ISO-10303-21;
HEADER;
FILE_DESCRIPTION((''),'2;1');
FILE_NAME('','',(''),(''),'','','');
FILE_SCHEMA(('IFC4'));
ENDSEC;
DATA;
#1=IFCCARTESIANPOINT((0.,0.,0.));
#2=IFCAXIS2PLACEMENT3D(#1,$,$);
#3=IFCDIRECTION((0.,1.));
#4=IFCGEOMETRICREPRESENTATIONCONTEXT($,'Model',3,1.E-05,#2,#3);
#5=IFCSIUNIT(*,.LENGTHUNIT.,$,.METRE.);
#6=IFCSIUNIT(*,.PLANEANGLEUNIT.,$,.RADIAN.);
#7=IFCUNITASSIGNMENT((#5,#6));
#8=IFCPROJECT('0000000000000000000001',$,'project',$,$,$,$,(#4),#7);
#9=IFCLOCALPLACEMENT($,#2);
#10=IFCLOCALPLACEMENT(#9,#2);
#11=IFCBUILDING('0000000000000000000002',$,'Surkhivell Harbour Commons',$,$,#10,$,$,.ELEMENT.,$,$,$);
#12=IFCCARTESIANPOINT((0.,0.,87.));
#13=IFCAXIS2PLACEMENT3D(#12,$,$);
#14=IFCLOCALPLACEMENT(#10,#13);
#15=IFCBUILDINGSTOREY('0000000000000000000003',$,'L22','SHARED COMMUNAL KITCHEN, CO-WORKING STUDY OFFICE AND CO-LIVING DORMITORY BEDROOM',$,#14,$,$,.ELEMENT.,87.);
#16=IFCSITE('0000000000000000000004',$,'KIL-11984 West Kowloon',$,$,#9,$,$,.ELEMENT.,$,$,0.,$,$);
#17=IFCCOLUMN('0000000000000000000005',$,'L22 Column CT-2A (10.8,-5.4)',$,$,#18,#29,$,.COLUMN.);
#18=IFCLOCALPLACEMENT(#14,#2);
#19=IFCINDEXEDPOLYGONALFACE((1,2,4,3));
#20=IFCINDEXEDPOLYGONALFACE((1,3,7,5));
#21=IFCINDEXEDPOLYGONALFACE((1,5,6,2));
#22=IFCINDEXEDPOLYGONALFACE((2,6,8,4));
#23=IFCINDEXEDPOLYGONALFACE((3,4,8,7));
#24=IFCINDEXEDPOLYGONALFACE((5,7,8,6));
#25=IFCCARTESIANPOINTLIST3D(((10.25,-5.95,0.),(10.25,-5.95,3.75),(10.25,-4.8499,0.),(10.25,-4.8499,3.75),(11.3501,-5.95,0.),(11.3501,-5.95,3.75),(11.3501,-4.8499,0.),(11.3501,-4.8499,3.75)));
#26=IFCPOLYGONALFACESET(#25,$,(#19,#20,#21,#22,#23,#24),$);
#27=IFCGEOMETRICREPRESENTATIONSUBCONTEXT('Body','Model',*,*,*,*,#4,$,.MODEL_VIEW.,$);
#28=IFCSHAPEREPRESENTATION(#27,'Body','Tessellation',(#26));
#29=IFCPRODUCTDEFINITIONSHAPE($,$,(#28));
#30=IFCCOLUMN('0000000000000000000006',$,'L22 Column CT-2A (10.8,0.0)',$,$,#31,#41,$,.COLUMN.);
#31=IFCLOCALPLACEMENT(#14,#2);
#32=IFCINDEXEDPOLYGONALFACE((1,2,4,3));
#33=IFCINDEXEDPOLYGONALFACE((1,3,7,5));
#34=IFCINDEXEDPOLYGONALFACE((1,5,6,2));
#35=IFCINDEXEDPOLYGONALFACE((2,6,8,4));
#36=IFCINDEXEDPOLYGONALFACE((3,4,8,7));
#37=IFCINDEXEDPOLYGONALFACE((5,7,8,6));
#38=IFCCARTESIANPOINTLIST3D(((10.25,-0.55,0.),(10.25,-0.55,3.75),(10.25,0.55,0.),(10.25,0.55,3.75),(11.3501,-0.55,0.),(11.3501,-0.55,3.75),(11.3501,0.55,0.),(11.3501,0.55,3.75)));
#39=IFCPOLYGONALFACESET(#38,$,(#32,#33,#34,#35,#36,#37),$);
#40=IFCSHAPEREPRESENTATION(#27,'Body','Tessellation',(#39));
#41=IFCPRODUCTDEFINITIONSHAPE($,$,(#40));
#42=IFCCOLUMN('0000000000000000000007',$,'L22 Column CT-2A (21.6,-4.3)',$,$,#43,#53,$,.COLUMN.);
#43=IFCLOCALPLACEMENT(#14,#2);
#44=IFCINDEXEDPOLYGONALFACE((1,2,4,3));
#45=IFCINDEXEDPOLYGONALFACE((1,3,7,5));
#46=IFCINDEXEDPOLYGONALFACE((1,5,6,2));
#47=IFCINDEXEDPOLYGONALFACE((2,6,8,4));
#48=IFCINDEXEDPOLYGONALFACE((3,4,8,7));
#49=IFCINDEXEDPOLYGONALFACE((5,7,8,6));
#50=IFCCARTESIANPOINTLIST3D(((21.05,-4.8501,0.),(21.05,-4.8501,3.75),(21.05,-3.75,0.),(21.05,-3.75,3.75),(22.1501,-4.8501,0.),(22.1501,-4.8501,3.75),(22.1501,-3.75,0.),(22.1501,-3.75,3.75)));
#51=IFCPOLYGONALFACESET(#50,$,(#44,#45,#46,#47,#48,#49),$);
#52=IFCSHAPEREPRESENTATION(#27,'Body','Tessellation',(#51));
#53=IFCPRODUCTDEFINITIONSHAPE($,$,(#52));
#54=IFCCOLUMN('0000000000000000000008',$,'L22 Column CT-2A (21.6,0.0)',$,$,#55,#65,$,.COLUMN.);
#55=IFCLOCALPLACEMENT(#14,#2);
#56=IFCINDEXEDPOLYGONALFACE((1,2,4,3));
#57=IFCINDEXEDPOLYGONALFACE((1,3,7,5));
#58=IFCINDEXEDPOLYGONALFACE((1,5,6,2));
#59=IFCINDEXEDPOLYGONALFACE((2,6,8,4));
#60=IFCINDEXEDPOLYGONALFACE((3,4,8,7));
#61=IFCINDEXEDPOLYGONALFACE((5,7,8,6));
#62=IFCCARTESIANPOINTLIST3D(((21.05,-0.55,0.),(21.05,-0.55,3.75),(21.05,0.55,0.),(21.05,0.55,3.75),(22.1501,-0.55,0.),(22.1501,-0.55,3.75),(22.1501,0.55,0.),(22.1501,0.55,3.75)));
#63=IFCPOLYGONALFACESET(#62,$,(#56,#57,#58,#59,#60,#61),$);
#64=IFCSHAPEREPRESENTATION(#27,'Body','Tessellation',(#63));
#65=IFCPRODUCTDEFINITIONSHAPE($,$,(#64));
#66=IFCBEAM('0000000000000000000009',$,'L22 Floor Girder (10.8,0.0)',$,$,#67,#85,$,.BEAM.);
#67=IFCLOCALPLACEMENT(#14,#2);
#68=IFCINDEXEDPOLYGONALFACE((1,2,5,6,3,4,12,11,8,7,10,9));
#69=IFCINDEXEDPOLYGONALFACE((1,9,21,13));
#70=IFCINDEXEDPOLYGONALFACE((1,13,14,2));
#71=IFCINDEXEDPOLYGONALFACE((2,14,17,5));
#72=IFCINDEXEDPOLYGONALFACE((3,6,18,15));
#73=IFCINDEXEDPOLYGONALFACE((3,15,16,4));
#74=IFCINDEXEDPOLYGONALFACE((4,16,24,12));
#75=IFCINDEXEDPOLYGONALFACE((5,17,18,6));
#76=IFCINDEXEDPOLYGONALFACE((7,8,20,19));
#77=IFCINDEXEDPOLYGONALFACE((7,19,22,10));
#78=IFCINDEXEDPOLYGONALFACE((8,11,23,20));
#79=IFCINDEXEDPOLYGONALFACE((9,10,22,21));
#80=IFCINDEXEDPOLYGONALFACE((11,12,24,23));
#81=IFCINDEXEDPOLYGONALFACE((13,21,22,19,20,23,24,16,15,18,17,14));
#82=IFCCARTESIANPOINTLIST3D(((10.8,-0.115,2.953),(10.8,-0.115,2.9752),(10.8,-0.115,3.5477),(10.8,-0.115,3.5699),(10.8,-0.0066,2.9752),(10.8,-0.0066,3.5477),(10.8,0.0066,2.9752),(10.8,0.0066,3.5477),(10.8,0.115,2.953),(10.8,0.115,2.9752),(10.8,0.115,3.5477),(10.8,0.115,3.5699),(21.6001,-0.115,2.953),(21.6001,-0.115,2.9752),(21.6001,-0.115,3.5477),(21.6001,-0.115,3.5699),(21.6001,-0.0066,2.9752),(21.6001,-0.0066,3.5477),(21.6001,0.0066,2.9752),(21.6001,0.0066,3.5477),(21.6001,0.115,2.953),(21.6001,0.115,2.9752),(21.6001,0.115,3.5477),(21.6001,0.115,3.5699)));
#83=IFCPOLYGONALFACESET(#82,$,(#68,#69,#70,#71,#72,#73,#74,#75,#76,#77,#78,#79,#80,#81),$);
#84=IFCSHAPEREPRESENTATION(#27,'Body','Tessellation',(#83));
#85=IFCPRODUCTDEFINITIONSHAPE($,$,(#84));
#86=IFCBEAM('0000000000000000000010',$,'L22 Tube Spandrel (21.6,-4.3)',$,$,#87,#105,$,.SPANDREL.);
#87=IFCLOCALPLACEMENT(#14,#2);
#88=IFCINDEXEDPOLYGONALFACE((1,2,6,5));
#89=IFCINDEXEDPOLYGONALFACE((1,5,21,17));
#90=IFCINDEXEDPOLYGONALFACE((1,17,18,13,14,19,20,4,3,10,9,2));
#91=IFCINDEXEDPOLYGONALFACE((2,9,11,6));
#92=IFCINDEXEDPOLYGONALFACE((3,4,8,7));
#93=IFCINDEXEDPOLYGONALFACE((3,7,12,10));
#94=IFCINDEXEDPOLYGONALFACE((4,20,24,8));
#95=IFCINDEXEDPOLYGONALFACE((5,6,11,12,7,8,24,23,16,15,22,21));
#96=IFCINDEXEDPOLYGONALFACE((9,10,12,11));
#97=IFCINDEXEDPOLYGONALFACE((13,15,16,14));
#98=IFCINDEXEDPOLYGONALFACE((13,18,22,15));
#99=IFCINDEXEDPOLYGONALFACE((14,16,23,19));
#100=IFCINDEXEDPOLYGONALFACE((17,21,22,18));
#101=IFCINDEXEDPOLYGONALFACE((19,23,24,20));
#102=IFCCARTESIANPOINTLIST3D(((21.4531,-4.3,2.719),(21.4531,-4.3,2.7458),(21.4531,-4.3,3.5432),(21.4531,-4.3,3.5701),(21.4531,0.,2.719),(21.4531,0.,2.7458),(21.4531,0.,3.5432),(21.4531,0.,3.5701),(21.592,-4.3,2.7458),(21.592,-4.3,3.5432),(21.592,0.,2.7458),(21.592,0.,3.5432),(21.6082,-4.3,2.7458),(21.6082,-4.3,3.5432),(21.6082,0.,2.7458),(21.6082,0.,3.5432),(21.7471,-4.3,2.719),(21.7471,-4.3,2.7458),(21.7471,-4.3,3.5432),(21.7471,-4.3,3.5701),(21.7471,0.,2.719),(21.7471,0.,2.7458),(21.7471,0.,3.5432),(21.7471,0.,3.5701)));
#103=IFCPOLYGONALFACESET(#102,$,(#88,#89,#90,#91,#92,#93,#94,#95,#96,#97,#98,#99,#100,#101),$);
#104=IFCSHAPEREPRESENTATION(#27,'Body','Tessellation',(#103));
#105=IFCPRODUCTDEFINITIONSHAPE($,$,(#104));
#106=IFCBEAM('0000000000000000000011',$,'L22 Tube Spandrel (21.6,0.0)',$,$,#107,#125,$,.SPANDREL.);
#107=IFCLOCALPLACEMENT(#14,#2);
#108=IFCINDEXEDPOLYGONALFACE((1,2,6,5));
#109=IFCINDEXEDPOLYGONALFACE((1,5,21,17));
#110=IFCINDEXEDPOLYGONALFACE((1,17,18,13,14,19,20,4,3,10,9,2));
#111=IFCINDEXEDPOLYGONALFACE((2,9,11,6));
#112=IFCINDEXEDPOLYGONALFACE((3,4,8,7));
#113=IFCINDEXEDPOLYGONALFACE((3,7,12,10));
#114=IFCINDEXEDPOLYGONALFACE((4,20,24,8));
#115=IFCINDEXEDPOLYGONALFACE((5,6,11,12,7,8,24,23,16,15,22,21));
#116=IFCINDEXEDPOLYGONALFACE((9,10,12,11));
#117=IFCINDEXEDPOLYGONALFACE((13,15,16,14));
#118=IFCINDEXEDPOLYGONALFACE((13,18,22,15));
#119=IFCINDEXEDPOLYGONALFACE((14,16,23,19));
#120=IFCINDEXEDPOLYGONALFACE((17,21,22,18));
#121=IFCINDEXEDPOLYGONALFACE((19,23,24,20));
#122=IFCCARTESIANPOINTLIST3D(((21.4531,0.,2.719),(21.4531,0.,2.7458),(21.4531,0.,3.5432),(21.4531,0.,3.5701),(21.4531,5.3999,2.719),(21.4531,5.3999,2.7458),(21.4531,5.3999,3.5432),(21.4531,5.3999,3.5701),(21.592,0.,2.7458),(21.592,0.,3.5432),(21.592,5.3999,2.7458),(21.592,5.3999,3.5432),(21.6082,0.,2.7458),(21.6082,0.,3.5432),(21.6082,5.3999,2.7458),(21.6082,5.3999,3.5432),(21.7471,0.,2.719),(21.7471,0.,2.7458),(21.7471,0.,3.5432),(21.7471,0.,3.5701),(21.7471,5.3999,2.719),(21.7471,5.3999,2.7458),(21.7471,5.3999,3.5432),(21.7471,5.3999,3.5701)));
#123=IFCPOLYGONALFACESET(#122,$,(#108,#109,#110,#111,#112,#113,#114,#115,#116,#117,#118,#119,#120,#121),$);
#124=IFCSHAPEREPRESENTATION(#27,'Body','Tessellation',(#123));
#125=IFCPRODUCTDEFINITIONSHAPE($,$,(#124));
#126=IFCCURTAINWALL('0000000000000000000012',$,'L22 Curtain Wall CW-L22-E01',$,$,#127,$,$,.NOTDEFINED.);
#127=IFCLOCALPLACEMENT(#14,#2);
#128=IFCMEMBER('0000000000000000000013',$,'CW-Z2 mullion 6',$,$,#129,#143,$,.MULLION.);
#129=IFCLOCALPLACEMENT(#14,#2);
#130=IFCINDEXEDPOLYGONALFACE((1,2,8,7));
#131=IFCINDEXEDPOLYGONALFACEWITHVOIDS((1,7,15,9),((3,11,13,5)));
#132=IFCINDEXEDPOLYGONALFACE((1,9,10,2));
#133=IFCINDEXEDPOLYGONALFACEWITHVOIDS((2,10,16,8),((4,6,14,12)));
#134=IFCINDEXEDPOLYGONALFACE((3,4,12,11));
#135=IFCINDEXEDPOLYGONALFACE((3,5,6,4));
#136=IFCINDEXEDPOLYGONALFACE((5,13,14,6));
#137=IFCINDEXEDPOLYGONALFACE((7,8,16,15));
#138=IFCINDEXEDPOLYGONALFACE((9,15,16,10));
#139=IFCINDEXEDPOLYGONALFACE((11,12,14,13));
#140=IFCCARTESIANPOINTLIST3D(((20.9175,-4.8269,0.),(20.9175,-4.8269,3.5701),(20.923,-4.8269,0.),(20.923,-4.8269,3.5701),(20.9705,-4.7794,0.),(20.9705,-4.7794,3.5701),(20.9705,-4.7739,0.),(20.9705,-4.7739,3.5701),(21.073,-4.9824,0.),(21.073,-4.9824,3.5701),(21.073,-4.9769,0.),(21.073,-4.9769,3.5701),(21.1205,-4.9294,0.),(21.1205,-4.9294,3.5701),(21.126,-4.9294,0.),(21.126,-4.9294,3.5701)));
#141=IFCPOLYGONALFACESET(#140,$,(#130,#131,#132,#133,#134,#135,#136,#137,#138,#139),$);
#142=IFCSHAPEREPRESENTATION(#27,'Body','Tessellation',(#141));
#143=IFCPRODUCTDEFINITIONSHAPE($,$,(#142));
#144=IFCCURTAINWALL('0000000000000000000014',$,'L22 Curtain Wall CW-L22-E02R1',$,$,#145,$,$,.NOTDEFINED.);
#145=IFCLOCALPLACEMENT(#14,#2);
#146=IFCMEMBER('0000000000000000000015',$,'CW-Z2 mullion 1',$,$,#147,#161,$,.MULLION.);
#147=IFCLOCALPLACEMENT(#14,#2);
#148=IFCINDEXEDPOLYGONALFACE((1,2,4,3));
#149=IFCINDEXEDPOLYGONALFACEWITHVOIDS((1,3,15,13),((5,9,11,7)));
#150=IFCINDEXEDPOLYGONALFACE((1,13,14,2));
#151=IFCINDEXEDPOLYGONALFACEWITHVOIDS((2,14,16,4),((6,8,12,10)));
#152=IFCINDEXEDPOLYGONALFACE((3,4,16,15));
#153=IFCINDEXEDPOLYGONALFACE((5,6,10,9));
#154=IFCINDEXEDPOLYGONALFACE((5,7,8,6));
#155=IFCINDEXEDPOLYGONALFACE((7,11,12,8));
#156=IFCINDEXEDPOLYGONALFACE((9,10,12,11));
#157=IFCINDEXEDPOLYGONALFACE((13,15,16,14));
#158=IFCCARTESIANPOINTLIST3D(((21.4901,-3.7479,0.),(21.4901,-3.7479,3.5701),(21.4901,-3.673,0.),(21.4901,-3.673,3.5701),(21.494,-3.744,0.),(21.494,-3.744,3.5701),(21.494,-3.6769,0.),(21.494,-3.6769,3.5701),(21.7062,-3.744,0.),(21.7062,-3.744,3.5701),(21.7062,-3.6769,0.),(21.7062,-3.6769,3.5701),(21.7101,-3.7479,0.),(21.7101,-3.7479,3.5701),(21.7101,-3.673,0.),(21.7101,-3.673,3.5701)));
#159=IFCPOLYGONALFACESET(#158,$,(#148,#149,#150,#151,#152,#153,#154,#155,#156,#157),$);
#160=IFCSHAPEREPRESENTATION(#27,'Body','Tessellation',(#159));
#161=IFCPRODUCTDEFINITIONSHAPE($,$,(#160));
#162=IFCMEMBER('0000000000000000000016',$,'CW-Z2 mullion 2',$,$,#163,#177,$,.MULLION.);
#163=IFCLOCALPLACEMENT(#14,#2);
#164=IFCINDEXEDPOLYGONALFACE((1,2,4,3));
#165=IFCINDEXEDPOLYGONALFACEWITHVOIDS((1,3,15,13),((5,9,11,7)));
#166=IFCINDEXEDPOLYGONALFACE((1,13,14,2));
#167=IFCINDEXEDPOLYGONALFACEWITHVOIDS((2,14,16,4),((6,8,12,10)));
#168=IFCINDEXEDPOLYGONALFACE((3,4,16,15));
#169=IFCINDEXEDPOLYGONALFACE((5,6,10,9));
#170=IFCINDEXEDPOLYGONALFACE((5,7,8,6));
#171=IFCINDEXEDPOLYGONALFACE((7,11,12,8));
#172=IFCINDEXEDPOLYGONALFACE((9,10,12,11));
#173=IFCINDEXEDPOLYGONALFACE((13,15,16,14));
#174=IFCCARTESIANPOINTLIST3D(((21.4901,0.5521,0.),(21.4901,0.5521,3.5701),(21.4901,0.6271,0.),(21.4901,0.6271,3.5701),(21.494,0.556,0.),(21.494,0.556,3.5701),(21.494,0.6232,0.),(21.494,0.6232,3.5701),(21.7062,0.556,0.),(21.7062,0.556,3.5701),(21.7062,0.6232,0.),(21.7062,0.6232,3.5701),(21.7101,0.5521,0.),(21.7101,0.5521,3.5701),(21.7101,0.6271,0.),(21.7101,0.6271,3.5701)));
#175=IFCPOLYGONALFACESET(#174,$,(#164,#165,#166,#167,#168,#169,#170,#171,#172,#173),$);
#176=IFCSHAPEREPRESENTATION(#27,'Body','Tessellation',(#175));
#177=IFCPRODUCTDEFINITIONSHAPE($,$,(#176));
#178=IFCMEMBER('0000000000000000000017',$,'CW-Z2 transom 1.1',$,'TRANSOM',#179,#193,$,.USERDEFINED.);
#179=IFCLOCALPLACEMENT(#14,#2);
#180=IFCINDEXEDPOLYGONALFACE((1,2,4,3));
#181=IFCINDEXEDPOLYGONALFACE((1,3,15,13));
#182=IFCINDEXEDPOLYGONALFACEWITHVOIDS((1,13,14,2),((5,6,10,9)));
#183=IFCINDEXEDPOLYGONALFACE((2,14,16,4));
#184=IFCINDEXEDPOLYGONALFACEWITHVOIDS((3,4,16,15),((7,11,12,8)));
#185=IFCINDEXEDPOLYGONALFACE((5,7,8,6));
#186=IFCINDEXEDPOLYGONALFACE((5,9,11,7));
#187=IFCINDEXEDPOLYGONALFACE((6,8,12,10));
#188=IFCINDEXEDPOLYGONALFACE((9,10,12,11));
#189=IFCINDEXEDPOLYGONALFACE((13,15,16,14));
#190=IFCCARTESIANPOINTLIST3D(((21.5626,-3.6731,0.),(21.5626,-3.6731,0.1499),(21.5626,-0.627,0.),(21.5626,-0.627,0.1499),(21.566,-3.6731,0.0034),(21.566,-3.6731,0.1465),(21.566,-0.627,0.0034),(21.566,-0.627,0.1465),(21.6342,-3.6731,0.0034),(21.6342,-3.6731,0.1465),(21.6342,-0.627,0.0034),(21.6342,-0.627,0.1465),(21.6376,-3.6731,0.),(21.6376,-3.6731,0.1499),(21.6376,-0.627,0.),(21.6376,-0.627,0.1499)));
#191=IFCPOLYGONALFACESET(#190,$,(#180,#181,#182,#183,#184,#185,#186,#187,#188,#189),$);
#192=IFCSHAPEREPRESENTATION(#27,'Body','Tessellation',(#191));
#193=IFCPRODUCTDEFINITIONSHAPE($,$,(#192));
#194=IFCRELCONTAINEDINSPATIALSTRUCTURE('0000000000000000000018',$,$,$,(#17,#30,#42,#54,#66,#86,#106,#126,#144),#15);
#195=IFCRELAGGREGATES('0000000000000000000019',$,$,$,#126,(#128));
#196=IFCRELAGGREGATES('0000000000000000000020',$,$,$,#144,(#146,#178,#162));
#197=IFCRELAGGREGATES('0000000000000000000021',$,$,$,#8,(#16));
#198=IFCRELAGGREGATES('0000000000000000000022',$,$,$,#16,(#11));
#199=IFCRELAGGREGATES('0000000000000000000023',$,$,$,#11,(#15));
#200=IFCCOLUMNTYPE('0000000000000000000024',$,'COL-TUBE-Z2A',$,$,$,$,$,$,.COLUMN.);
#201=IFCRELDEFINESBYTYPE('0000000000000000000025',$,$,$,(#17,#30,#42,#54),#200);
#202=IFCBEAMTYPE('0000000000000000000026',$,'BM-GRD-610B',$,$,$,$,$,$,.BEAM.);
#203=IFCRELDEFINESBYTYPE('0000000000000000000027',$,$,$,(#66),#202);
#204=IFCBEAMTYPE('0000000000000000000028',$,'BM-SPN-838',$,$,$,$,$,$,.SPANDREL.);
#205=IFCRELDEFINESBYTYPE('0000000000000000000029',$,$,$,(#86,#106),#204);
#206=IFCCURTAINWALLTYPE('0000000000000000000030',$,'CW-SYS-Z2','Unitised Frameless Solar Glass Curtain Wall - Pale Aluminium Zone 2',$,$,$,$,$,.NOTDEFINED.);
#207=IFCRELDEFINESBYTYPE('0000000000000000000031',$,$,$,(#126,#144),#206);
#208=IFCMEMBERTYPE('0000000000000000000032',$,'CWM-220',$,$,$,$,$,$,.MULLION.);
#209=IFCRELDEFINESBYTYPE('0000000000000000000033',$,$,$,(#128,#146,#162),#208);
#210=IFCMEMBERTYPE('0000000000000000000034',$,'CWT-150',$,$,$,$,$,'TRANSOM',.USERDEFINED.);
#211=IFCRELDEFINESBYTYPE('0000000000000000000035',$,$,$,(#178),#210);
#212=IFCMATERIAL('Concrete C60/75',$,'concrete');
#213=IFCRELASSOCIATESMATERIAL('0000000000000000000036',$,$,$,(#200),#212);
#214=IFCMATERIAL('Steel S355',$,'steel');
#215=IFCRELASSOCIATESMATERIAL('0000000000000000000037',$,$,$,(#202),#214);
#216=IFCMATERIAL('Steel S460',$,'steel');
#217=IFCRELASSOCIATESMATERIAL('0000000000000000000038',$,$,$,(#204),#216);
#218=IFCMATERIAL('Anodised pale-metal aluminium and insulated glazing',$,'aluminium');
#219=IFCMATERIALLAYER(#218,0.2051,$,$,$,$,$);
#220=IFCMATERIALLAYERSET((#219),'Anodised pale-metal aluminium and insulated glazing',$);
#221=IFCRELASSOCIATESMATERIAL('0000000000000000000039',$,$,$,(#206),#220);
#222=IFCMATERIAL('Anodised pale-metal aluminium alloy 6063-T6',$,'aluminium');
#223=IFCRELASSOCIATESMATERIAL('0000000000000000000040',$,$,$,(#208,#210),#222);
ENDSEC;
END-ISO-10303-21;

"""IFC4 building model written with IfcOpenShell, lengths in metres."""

from ifc_helpers import new_model, si_unit, direction, frame, origin, origin_2d, place, context, subcontext, project, spatial, rectangle, hollow_rectangle, i_section, extrude, material, layer, layer_set, material_profile, profile_set, type_object, element, aggregate, save


model = new_model("IFC4")

# Units and contexts
model_context = context("Model", 3, precision=1e-05, world=origin(), true_north=direction((0.0, 1.0)))
body_context = subcontext(model_context, "Body", "Model", "MODEL_VIEW")
ifc_project = project(units=[si_unit("LENGTHUNIT", "METRE"), si_unit("PLANEANGLEUNIT", "RADIAN")], contexts=[model_context])

# Site, building, storey
site_placement = place(None, origin())
site = spatial("IfcSite", under=ifc_project, at=site_placement, Name="KIL-11984 West Kowloon", CompositionType="ELEMENT", RefElevation=0.0)
building_placement = place(site_placement, origin())
building = spatial("IfcBuilding", under=site, at=building_placement, Name="Surkhivell Harbour Commons", CompositionType="ELEMENT")
storey_placement = place(building_placement, frame((0.0, 0.0, 87.0)))
storey = spatial("IfcBuildingStorey", under=building, at=storey_placement, Name="L22", Description="SHARED COMMUNAL KITCHEN, CO-WORKING STUDY OFFICE AND CO-LIVING DORMITORY BEDROOM", CompositionType="ELEMENT", Elevation=87.0)

# Columns
ifc_material_1 = material(Name="Concrete C60/75", Category="concrete")
ifc_material_profile_1 = material_profile(ifc_material_1, rectangle(XDim=1.1001, YDim=1.1001, at=origin_2d()), Name="RC-COL-1100x1100")
ifc_profile_set_1 = profile_set([ifc_material_profile_1], Name="Concrete C60/75")
column_type = type_object("IfcColumnType", Name="COL-TUBE-Z2A", PredefinedType="COLUMN", material=ifc_profile_set_1)
for number, where, z_axis, x_axis, name in (
    (1, (10.8, -5.3999, 0.0), (0.0, 0.0, 1.0), (1.0, 0.0, 0.0), "L22 Column CT-2A (10.8,-5.4)"),
    (2, (10.8, 0.0, 0.0), (0.0, 0.0, 1.0), (1.0, 0.0, 0.0), "L22 Column CT-2A (10.8,0.0)"),
    (3, (21.6001, -4.3, 0.0), (0.0, 0.0, 1.0), (1.0, 0.0, 0.0), "L22 Column CT-2A (21.6,-4.3)"),
    (4, (21.6001, 0.0, 0.0), (0.0, 0.0, 1.0), (1.0, 0.0, 0.0), "L22 Column CT-2A (21.6,0.0)"),
):
    element("IfcColumn", number, at=place(storey_placement, frame(where, z_axis=z_axis, x_axis=x_axis)), inside=storey, type_object=column_type, Name=name, PredefinedType="COLUMN", context=body_context, shape_type="SweptSolid", body=[
        extrude(rectangle(XDim=1.1001, YDim=1.1001, at=origin_2d()), origin(), (0.0, 0.0, 1.0), 3.75),
    ])

# Beams
ifc_material_2 = material(Name="Steel S355", Category="steel")
ifc_material_profile_2 = material_profile(ifc_material_2, i_section(OverallWidth=0.23, OverallDepth=0.6169, WebThickness=0.0132, FlangeThickness=0.0222, at=origin_2d()), Name="UB610x229x140")
ifc_profile_set_2 = profile_set([ifc_material_profile_2], Name="Steel S355")
beam_type_1 = type_object("IfcBeamType", Name="BM-GRD-610B", PredefinedType="BEAM", material=ifc_profile_set_2)
beam_1_placement = place(storey_placement, frame((10.8, 0.0, 3.2615), z_axis=(1.0, 0.0, 0.0), x_axis=(0.0, 1.0, 0.0)))
element("IfcBeam", 5, at=beam_1_placement, inside=storey, type_object=beam_type_1, Name="L22 Floor Girder (10.8,0.0)", PredefinedType="BEAM", context=body_context, shape_type="SweptSolid", body=[
    extrude(i_section(OverallWidth=0.23, OverallDepth=0.6169, WebThickness=0.0132, FlangeThickness=0.0222, at=origin_2d()), origin(), (0.0, 0.0, 1.0), 10.8),
])
ifc_material_3 = material(Name="Steel S460", Category="steel")
ifc_material_profile_3 = material_profile(ifc_material_3, i_section(OverallWidth=0.2939, OverallDepth=0.8511, WebThickness=0.0161, FlangeThickness=0.0269, at=origin_2d()), Name="UB838x292x226")
ifc_profile_set_3 = profile_set([ifc_material_profile_3], Name="Steel S460")
beam_type_2 = type_object("IfcBeamType", Name="BM-SPN-838", PredefinedType="SPANDREL", material=ifc_profile_set_3)
beam_2_placement = place(storey_placement, frame((21.6001, -4.3, 3.1445), z_axis=(0.0, 1.0, 0.0), x_axis=(-1.0, 0.0, 0.0)))
element("IfcBeam", 6, at=beam_2_placement, inside=storey, type_object=beam_type_2, Name="L22 Tube Spandrel (21.6,-4.3)", PredefinedType="SPANDREL", context=body_context, shape_type="SweptSolid", body=[
    extrude(i_section(OverallWidth=0.2939, OverallDepth=0.8511, WebThickness=0.0161, FlangeThickness=0.0269, at=origin_2d()), origin(), (0.0, 0.0, 1.0), 4.3),
])
beam_3_placement = place(storey_placement, frame((21.6001, 0.0, 3.1445), z_axis=(0.0, 1.0, 0.0), x_axis=(-1.0, 0.0, 0.0)))
element("IfcBeam", 7, at=beam_3_placement, inside=storey, type_object=beam_type_2, Name="L22 Tube Spandrel (21.6,0.0)", PredefinedType="SPANDREL", context=body_context, shape_type="SweptSolid", body=[
    extrude(i_section(OverallWidth=0.2939, OverallDepth=0.8511, WebThickness=0.0161, FlangeThickness=0.0269, at=origin_2d()), origin(), (0.0, 0.0, 1.0), 5.3999),
])

# Curtain wall, member
ifc_material_4 = material(Name="Anodised pale-metal aluminium and insulated glazing", Category="aluminium")
ifc_layer_1 = layer(ifc_material_4, 0.2051)
ifc_layer_set_1 = layer_set([ifc_layer_1], Name="Anodised pale-metal aluminium and insulated glazing")
curtain_wall_type = type_object("IfcCurtainWallType", Name="CW-SYS-Z2", Description="Unitised Frameless Solar Glass Curtain Wall - Pale Aluminium Zone 2", PredefinedType="NOTDEFINED", material=ifc_layer_set_1)
curtain_wall_1_placement = place(storey_placement, origin())
curtain_wall_1 = element("IfcCurtainWall", 8, at=curtain_wall_1_placement, inside=storey, type_object=curtain_wall_type, Name="L22 Curtain Wall CW-L22-E01", PredefinedType="NOTDEFINED")
ifc_material_5 = material(Name="Anodised pale-metal aluminium alloy 6063-T6", Category="aluminium")
ifc_material_profile_4 = material_profile(ifc_material_5, hollow_rectangle(XDim=0.075, YDim=0.22, WallThickness=0.0039, at=origin_2d()), Name="ALU-MULL-75x220")
ifc_profile_set_4 = profile_set([ifc_material_profile_4], Name="Anodised pale-metal aluminium alloy 6063-T6")
member_type_1 = type_object("IfcMemberType", Name="CWM-220", PredefinedType="MULLION", material=ifc_profile_set_4)
member_1_placement = place(storey_placement, frame((21.0217, -4.8782, 0.0), z_axis=(0.0, 0.0, 1.0), x_axis=(0.707107, 0.707107, 0.0)))
member_1 = element("IfcMember", 9, at=member_1_placement, type_object=member_type_1, Name="CW-Z2 mullion 6", PredefinedType="MULLION", context=body_context, shape_type="SweptSolid", body=[
    extrude(hollow_rectangle(XDim=0.075, YDim=0.22, WallThickness=0.0039, at=origin_2d()), origin(), (0.0, 0.0, 1.0), 3.5701),
])
aggregate(curtain_wall_1, [member_1])

# Curtain wall, members
curtain_wall_2_placement = place(storey_placement, origin())
curtain_wall_2 = element("IfcCurtainWall", 10, at=curtain_wall_2_placement, inside=storey, type_object=curtain_wall_type, Name="L22 Curtain Wall CW-L22-E02R1", PredefinedType="NOTDEFINED")
member_2_placement = place(storey_placement, frame((21.6001, -3.7104, 0.0), z_axis=(0.0, 0.0, 1.0), x_axis=(0.0, 1.0, 0.0)))
member_2 = element("IfcMember", 11, at=member_2_placement, type_object=member_type_1, Name="CW-Z2 mullion 1", PredefinedType="MULLION", context=body_context, shape_type="SweptSolid", body=[
    extrude(hollow_rectangle(XDim=0.075, YDim=0.22, WallThickness=0.0039, at=origin_2d()), origin(), (0.0, 0.0, 1.0), 3.5701),
])
member_3_placement = place(storey_placement, frame((21.6001, 0.5896, 0.0), z_axis=(0.0, 0.0, 1.0), x_axis=(0.0, 1.0, 0.0)))
member_3 = element("IfcMember", 12, at=member_3_placement, type_object=member_type_1, Name="CW-Z2 mullion 2", PredefinedType="MULLION", context=body_context, shape_type="SweptSolid", body=[
    extrude(hollow_rectangle(XDim=0.075, YDim=0.22, WallThickness=0.0039, at=origin_2d()), origin(), (0.0, 0.0, 1.0), 3.5701),
])
ifc_material_profile_5 = material_profile(ifc_material_5, hollow_rectangle(XDim=0.075, YDim=0.1499, WallThickness=0.0034, at=origin_2d()), Name="ALU-TRAN-75x150")
ifc_profile_set_5 = profile_set([ifc_material_profile_5], Name="Anodised pale-metal aluminium alloy 6063-T6")
member_type_2 = type_object("IfcMemberType", Name="CWT-150", ElementType="TRANSOM", PredefinedType="USERDEFINED", material=ifc_profile_set_5)
member_4_placement = place(storey_placement, frame((21.6001, -3.6731, 0.075), z_axis=(0.0, 1.0, 0.0), x_axis=(-1.0, 0.0, 0.0)))
member_4 = element("IfcMember", 13, at=member_4_placement, type_object=member_type_2, Name="CW-Z2 transom 1.1", ObjectType="TRANSOM", PredefinedType="USERDEFINED", context=body_context, shape_type="SweptSolid", body=[
    extrude(hollow_rectangle(XDim=0.075, YDim=0.1499, WallThickness=0.0034, at=origin_2d()), origin(), (0.0, 0.0, 1.0), 3.0461),
])
aggregate(curtain_wall_2, [member_2, member_4, member_3])

save(model, "model.ifc")
